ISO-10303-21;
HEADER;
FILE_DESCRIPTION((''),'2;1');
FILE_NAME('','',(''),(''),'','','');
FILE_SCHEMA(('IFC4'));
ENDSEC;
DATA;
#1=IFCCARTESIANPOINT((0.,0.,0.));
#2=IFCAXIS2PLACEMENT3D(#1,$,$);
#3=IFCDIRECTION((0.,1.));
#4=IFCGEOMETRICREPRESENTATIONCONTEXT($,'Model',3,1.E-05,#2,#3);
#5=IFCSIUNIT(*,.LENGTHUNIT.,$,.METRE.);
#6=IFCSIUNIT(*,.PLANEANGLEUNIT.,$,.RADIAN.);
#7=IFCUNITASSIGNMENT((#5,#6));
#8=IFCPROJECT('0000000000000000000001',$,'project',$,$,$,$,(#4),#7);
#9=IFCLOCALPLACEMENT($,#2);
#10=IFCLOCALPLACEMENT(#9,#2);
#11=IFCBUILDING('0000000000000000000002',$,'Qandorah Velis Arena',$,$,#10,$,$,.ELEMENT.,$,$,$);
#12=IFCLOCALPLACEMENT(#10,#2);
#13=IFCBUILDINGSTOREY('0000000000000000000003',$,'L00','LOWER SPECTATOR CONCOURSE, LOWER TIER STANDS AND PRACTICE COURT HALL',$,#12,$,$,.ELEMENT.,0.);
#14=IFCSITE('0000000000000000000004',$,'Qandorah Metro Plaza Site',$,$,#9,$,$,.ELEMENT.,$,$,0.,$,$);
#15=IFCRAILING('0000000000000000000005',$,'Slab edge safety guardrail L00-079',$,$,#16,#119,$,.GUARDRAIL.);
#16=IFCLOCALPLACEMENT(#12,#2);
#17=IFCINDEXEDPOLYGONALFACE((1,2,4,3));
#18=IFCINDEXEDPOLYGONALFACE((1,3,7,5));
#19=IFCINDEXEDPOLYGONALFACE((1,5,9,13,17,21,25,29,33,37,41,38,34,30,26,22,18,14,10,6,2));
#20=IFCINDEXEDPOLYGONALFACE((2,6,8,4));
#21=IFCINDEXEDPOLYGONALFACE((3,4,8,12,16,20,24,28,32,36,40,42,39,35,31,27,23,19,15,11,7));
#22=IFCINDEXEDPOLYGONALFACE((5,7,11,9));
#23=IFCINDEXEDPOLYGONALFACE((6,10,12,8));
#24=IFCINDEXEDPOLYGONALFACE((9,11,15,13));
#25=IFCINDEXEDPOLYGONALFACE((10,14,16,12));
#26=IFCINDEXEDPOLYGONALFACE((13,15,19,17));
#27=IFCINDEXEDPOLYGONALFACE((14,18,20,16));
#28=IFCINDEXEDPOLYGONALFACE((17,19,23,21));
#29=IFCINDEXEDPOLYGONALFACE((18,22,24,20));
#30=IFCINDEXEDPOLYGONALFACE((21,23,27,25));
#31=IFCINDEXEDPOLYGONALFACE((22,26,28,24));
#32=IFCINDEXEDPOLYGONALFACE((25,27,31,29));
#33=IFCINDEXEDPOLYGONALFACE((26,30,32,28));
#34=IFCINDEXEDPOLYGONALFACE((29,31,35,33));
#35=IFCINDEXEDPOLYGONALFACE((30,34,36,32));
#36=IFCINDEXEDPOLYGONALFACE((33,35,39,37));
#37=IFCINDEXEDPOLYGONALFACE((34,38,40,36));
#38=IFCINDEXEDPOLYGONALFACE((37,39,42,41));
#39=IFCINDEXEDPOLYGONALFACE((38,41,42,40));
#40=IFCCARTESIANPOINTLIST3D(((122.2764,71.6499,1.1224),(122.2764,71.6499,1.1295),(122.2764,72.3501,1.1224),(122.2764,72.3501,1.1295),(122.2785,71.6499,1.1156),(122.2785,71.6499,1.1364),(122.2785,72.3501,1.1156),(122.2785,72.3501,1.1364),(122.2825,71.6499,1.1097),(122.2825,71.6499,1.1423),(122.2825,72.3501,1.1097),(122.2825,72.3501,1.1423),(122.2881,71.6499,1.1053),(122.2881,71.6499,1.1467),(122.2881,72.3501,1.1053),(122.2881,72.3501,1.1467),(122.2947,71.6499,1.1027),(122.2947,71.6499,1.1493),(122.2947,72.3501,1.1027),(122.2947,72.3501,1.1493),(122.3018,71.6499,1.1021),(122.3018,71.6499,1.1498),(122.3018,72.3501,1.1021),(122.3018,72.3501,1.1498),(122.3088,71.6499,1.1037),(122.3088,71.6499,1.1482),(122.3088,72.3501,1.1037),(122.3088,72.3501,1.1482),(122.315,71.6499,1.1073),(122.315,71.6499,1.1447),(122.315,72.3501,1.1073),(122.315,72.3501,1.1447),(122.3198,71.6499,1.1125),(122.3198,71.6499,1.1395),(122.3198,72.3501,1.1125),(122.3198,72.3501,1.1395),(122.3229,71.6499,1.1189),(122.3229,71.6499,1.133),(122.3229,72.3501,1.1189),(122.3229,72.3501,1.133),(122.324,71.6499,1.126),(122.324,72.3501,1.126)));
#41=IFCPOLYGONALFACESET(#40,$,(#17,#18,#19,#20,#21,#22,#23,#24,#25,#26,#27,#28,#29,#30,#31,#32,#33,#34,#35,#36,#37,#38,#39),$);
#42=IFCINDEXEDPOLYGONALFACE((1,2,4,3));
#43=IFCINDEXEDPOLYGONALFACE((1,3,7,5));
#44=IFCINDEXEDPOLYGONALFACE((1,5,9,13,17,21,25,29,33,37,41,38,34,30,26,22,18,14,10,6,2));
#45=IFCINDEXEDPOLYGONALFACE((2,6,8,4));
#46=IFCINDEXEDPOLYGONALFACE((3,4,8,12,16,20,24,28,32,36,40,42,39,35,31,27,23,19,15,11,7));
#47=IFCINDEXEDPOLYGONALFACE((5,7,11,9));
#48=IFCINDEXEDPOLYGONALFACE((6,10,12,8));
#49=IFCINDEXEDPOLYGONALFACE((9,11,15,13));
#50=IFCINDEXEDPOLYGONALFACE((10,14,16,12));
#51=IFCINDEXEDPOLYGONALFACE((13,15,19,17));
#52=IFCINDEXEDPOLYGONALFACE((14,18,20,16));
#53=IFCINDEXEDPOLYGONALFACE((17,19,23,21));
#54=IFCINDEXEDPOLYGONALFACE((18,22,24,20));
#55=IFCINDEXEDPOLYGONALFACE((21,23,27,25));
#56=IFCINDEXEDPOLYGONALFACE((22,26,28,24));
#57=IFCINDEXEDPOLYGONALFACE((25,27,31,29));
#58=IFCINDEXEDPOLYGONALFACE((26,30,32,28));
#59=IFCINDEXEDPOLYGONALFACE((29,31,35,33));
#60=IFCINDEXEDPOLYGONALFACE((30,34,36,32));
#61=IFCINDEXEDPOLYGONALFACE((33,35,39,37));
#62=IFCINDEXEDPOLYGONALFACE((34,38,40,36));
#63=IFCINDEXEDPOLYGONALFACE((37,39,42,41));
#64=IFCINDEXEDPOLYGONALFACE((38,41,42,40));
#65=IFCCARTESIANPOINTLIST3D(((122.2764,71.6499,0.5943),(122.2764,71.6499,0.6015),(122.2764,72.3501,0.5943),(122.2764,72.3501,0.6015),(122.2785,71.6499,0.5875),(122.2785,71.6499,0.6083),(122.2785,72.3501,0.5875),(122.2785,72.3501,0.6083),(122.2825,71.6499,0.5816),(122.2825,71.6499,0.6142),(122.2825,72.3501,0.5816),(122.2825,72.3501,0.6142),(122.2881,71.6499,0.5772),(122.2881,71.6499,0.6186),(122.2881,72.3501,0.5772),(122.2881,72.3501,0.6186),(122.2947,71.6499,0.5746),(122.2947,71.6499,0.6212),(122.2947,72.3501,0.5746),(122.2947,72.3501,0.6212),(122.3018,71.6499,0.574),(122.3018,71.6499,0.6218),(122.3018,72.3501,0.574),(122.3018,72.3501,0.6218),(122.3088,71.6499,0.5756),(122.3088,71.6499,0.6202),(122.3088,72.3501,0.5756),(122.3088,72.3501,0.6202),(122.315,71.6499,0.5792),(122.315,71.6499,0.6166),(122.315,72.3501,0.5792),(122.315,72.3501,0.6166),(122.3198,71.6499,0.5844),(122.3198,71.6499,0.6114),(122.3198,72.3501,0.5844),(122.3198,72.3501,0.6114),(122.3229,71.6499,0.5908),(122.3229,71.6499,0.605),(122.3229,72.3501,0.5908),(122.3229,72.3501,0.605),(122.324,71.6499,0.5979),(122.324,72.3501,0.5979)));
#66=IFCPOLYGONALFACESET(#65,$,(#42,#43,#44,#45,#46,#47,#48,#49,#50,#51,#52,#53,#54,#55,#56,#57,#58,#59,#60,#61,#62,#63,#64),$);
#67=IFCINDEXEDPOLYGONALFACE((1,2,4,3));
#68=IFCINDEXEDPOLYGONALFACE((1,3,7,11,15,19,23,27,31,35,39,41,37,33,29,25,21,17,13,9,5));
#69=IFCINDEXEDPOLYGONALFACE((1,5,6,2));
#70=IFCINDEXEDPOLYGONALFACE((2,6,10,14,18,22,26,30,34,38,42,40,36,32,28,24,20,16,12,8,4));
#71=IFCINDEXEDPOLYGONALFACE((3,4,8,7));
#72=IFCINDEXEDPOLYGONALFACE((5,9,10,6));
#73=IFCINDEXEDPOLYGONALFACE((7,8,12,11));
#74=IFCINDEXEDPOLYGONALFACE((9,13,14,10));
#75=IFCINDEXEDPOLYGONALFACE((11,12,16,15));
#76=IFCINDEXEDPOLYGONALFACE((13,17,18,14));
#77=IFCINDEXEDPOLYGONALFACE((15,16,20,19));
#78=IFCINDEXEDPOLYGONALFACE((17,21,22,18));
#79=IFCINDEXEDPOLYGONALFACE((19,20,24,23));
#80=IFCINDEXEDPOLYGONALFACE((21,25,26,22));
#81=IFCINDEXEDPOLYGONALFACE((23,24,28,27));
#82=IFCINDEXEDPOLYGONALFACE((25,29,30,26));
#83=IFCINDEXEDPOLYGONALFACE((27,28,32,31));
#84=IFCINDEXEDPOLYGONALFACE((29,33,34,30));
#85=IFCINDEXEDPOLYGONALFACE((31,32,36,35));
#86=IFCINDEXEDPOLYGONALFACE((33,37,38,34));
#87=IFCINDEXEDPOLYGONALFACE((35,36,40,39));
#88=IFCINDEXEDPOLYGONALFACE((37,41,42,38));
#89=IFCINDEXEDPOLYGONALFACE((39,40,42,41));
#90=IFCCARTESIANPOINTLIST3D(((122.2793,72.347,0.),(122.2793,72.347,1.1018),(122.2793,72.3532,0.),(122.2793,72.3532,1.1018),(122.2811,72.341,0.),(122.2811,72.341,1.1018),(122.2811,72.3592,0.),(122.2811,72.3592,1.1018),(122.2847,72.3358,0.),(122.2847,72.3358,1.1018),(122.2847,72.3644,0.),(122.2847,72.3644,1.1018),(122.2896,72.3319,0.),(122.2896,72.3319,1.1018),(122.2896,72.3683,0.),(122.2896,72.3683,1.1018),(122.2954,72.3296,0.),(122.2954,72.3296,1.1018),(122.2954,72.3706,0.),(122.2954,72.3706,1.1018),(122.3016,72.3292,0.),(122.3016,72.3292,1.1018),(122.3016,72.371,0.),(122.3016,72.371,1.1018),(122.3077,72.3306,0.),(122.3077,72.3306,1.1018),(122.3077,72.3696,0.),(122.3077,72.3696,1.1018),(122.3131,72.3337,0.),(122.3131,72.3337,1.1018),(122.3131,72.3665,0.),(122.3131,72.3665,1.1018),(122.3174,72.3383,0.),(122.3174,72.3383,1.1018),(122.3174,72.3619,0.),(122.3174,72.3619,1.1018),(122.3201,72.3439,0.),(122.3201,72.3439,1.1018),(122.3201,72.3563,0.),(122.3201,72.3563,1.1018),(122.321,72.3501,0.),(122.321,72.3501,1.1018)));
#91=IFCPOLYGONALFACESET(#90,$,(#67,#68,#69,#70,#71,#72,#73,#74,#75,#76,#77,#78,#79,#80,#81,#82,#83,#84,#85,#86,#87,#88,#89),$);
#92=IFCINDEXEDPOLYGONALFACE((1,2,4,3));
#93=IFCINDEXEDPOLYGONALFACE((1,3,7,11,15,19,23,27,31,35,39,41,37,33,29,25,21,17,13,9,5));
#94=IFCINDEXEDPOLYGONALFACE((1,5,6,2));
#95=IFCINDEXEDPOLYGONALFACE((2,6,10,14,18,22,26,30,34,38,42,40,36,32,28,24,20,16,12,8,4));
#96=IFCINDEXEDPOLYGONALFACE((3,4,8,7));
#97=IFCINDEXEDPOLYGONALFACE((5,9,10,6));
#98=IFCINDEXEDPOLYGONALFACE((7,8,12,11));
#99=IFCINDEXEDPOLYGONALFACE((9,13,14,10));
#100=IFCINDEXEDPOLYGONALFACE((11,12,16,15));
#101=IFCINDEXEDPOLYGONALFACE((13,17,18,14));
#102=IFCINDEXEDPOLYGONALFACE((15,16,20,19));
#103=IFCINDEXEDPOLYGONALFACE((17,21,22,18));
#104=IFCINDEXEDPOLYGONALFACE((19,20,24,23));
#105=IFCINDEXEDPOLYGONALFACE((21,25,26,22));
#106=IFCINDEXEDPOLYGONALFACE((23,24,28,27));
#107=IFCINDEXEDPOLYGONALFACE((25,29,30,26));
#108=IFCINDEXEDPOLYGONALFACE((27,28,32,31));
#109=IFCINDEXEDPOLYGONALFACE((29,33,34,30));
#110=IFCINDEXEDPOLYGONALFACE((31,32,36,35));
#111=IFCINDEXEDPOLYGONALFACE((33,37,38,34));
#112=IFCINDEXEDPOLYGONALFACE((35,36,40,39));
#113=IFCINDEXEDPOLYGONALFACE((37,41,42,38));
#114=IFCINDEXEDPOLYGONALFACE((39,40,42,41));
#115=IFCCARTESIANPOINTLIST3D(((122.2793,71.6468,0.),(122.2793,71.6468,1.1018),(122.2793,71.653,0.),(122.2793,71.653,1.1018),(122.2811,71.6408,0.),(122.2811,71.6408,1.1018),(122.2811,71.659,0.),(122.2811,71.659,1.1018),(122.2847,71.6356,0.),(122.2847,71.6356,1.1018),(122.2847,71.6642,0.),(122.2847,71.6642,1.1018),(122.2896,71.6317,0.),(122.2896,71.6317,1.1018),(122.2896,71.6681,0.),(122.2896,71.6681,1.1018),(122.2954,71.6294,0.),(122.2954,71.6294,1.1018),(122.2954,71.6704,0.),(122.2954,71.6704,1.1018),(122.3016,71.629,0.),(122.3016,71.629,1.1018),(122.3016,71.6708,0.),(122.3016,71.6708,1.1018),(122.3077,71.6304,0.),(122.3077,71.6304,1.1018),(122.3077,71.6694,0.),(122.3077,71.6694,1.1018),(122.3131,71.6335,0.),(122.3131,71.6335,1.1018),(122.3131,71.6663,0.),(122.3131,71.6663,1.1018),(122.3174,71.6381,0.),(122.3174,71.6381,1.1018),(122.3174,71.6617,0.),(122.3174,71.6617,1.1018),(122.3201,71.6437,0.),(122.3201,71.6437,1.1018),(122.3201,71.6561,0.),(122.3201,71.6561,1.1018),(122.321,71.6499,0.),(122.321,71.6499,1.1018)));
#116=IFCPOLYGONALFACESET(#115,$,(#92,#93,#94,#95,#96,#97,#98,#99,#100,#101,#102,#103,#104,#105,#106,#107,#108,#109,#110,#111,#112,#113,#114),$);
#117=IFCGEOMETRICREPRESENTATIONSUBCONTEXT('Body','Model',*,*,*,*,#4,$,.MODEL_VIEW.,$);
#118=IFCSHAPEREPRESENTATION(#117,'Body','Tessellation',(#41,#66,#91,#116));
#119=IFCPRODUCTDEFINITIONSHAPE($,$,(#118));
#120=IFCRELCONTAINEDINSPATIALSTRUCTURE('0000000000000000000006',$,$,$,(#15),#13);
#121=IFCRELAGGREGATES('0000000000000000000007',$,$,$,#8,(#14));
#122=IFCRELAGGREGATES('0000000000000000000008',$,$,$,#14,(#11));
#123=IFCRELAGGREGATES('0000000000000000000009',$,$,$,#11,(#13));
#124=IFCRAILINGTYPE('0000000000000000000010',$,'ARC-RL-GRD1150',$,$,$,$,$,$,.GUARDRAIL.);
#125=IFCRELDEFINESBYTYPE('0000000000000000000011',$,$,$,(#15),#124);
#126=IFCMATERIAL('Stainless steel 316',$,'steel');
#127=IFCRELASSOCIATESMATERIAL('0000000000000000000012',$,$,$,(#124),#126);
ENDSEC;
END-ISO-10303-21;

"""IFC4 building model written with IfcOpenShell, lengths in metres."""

from ifc_helpers import new_model, si_unit, direction, frame, origin, origin_2d, place, context, subcontext, project, spatial, circle, extrude, material, type_object, element, save


model = new_model("IFC4")

# Units and contexts
model_context = context("Model", 3, precision=1e-05, world=origin(), true_north=direction((0.0, 1.0)))
body_context = subcontext(model_context, "Body", "Model", "MODEL_VIEW")
ifc_project = project(units=[si_unit("LENGTHUNIT", "METRE"), si_unit("PLANEANGLEUNIT", "RADIAN")], contexts=[model_context])

# Site, building, storey
site_placement = place(None, origin())
site = spatial("IfcSite", under=ifc_project, at=site_placement, Name="Qandorah Metro Plaza Site", CompositionType="ELEMENT", RefElevation=0.0)
building_placement = place(site_placement, origin())
building = spatial("IfcBuilding", under=site, at=building_placement, Name="Qandorah Velis Arena", CompositionType="ELEMENT")
storey_placement = place(building_placement, origin())
storey = spatial("IfcBuildingStorey", under=building, at=storey_placement, Name="L00", Description="LOWER SPECTATOR CONCOURSE, LOWER TIER STANDS AND PRACTICE COURT HALL", CompositionType="ELEMENT", Elevation=0.0)

# Railing
ifc_material_1 = material(Name="Stainless steel 316", Category="steel")
railing_type = type_object("IfcRailingType", Name="ARC-RL-GRD1150", PredefinedType="GUARDRAIL", material=ifc_material_1)
railing_1_placement = place(storey_placement, frame((122.3, 72.3501, 0.0)))
element("IfcRailing", 1, at=railing_1_placement, inside=storey, type_object=railing_type, Name="Slab edge safety guardrail L00-079", PredefinedType="GUARDRAIL", context=body_context, shape_type="SweptSolid", body=[
    extrude(circle(Radius=0.0239, at=origin_2d()), frame((0.0, 0.0, 1.126), z_axis=(0.0, -1.0, 0.0), x_axis=(1.0, 0.0, 0.0)), (0.0, 0.0, 1.0), 0.7002),
    extrude(circle(Radius=0.0239, at=origin_2d()), frame((0.0, 0.0, 0.5979), z_axis=(0.0, -1.0, 0.0), x_axis=(1.0, 0.0, 0.0)), (0.0, 0.0, 1.0), 0.7002),
    extrude(circle(Radius=0.021, at=origin_2d()), origin(), (0.0, 0.0, 1.0), 1.1018),
    extrude(circle(Radius=0.021, at=origin_2d()), frame((0.0, -0.7002, 0.0)), (0.0, 0.0, 1.0), 1.1018),
])

save(model, "model.ifc")
